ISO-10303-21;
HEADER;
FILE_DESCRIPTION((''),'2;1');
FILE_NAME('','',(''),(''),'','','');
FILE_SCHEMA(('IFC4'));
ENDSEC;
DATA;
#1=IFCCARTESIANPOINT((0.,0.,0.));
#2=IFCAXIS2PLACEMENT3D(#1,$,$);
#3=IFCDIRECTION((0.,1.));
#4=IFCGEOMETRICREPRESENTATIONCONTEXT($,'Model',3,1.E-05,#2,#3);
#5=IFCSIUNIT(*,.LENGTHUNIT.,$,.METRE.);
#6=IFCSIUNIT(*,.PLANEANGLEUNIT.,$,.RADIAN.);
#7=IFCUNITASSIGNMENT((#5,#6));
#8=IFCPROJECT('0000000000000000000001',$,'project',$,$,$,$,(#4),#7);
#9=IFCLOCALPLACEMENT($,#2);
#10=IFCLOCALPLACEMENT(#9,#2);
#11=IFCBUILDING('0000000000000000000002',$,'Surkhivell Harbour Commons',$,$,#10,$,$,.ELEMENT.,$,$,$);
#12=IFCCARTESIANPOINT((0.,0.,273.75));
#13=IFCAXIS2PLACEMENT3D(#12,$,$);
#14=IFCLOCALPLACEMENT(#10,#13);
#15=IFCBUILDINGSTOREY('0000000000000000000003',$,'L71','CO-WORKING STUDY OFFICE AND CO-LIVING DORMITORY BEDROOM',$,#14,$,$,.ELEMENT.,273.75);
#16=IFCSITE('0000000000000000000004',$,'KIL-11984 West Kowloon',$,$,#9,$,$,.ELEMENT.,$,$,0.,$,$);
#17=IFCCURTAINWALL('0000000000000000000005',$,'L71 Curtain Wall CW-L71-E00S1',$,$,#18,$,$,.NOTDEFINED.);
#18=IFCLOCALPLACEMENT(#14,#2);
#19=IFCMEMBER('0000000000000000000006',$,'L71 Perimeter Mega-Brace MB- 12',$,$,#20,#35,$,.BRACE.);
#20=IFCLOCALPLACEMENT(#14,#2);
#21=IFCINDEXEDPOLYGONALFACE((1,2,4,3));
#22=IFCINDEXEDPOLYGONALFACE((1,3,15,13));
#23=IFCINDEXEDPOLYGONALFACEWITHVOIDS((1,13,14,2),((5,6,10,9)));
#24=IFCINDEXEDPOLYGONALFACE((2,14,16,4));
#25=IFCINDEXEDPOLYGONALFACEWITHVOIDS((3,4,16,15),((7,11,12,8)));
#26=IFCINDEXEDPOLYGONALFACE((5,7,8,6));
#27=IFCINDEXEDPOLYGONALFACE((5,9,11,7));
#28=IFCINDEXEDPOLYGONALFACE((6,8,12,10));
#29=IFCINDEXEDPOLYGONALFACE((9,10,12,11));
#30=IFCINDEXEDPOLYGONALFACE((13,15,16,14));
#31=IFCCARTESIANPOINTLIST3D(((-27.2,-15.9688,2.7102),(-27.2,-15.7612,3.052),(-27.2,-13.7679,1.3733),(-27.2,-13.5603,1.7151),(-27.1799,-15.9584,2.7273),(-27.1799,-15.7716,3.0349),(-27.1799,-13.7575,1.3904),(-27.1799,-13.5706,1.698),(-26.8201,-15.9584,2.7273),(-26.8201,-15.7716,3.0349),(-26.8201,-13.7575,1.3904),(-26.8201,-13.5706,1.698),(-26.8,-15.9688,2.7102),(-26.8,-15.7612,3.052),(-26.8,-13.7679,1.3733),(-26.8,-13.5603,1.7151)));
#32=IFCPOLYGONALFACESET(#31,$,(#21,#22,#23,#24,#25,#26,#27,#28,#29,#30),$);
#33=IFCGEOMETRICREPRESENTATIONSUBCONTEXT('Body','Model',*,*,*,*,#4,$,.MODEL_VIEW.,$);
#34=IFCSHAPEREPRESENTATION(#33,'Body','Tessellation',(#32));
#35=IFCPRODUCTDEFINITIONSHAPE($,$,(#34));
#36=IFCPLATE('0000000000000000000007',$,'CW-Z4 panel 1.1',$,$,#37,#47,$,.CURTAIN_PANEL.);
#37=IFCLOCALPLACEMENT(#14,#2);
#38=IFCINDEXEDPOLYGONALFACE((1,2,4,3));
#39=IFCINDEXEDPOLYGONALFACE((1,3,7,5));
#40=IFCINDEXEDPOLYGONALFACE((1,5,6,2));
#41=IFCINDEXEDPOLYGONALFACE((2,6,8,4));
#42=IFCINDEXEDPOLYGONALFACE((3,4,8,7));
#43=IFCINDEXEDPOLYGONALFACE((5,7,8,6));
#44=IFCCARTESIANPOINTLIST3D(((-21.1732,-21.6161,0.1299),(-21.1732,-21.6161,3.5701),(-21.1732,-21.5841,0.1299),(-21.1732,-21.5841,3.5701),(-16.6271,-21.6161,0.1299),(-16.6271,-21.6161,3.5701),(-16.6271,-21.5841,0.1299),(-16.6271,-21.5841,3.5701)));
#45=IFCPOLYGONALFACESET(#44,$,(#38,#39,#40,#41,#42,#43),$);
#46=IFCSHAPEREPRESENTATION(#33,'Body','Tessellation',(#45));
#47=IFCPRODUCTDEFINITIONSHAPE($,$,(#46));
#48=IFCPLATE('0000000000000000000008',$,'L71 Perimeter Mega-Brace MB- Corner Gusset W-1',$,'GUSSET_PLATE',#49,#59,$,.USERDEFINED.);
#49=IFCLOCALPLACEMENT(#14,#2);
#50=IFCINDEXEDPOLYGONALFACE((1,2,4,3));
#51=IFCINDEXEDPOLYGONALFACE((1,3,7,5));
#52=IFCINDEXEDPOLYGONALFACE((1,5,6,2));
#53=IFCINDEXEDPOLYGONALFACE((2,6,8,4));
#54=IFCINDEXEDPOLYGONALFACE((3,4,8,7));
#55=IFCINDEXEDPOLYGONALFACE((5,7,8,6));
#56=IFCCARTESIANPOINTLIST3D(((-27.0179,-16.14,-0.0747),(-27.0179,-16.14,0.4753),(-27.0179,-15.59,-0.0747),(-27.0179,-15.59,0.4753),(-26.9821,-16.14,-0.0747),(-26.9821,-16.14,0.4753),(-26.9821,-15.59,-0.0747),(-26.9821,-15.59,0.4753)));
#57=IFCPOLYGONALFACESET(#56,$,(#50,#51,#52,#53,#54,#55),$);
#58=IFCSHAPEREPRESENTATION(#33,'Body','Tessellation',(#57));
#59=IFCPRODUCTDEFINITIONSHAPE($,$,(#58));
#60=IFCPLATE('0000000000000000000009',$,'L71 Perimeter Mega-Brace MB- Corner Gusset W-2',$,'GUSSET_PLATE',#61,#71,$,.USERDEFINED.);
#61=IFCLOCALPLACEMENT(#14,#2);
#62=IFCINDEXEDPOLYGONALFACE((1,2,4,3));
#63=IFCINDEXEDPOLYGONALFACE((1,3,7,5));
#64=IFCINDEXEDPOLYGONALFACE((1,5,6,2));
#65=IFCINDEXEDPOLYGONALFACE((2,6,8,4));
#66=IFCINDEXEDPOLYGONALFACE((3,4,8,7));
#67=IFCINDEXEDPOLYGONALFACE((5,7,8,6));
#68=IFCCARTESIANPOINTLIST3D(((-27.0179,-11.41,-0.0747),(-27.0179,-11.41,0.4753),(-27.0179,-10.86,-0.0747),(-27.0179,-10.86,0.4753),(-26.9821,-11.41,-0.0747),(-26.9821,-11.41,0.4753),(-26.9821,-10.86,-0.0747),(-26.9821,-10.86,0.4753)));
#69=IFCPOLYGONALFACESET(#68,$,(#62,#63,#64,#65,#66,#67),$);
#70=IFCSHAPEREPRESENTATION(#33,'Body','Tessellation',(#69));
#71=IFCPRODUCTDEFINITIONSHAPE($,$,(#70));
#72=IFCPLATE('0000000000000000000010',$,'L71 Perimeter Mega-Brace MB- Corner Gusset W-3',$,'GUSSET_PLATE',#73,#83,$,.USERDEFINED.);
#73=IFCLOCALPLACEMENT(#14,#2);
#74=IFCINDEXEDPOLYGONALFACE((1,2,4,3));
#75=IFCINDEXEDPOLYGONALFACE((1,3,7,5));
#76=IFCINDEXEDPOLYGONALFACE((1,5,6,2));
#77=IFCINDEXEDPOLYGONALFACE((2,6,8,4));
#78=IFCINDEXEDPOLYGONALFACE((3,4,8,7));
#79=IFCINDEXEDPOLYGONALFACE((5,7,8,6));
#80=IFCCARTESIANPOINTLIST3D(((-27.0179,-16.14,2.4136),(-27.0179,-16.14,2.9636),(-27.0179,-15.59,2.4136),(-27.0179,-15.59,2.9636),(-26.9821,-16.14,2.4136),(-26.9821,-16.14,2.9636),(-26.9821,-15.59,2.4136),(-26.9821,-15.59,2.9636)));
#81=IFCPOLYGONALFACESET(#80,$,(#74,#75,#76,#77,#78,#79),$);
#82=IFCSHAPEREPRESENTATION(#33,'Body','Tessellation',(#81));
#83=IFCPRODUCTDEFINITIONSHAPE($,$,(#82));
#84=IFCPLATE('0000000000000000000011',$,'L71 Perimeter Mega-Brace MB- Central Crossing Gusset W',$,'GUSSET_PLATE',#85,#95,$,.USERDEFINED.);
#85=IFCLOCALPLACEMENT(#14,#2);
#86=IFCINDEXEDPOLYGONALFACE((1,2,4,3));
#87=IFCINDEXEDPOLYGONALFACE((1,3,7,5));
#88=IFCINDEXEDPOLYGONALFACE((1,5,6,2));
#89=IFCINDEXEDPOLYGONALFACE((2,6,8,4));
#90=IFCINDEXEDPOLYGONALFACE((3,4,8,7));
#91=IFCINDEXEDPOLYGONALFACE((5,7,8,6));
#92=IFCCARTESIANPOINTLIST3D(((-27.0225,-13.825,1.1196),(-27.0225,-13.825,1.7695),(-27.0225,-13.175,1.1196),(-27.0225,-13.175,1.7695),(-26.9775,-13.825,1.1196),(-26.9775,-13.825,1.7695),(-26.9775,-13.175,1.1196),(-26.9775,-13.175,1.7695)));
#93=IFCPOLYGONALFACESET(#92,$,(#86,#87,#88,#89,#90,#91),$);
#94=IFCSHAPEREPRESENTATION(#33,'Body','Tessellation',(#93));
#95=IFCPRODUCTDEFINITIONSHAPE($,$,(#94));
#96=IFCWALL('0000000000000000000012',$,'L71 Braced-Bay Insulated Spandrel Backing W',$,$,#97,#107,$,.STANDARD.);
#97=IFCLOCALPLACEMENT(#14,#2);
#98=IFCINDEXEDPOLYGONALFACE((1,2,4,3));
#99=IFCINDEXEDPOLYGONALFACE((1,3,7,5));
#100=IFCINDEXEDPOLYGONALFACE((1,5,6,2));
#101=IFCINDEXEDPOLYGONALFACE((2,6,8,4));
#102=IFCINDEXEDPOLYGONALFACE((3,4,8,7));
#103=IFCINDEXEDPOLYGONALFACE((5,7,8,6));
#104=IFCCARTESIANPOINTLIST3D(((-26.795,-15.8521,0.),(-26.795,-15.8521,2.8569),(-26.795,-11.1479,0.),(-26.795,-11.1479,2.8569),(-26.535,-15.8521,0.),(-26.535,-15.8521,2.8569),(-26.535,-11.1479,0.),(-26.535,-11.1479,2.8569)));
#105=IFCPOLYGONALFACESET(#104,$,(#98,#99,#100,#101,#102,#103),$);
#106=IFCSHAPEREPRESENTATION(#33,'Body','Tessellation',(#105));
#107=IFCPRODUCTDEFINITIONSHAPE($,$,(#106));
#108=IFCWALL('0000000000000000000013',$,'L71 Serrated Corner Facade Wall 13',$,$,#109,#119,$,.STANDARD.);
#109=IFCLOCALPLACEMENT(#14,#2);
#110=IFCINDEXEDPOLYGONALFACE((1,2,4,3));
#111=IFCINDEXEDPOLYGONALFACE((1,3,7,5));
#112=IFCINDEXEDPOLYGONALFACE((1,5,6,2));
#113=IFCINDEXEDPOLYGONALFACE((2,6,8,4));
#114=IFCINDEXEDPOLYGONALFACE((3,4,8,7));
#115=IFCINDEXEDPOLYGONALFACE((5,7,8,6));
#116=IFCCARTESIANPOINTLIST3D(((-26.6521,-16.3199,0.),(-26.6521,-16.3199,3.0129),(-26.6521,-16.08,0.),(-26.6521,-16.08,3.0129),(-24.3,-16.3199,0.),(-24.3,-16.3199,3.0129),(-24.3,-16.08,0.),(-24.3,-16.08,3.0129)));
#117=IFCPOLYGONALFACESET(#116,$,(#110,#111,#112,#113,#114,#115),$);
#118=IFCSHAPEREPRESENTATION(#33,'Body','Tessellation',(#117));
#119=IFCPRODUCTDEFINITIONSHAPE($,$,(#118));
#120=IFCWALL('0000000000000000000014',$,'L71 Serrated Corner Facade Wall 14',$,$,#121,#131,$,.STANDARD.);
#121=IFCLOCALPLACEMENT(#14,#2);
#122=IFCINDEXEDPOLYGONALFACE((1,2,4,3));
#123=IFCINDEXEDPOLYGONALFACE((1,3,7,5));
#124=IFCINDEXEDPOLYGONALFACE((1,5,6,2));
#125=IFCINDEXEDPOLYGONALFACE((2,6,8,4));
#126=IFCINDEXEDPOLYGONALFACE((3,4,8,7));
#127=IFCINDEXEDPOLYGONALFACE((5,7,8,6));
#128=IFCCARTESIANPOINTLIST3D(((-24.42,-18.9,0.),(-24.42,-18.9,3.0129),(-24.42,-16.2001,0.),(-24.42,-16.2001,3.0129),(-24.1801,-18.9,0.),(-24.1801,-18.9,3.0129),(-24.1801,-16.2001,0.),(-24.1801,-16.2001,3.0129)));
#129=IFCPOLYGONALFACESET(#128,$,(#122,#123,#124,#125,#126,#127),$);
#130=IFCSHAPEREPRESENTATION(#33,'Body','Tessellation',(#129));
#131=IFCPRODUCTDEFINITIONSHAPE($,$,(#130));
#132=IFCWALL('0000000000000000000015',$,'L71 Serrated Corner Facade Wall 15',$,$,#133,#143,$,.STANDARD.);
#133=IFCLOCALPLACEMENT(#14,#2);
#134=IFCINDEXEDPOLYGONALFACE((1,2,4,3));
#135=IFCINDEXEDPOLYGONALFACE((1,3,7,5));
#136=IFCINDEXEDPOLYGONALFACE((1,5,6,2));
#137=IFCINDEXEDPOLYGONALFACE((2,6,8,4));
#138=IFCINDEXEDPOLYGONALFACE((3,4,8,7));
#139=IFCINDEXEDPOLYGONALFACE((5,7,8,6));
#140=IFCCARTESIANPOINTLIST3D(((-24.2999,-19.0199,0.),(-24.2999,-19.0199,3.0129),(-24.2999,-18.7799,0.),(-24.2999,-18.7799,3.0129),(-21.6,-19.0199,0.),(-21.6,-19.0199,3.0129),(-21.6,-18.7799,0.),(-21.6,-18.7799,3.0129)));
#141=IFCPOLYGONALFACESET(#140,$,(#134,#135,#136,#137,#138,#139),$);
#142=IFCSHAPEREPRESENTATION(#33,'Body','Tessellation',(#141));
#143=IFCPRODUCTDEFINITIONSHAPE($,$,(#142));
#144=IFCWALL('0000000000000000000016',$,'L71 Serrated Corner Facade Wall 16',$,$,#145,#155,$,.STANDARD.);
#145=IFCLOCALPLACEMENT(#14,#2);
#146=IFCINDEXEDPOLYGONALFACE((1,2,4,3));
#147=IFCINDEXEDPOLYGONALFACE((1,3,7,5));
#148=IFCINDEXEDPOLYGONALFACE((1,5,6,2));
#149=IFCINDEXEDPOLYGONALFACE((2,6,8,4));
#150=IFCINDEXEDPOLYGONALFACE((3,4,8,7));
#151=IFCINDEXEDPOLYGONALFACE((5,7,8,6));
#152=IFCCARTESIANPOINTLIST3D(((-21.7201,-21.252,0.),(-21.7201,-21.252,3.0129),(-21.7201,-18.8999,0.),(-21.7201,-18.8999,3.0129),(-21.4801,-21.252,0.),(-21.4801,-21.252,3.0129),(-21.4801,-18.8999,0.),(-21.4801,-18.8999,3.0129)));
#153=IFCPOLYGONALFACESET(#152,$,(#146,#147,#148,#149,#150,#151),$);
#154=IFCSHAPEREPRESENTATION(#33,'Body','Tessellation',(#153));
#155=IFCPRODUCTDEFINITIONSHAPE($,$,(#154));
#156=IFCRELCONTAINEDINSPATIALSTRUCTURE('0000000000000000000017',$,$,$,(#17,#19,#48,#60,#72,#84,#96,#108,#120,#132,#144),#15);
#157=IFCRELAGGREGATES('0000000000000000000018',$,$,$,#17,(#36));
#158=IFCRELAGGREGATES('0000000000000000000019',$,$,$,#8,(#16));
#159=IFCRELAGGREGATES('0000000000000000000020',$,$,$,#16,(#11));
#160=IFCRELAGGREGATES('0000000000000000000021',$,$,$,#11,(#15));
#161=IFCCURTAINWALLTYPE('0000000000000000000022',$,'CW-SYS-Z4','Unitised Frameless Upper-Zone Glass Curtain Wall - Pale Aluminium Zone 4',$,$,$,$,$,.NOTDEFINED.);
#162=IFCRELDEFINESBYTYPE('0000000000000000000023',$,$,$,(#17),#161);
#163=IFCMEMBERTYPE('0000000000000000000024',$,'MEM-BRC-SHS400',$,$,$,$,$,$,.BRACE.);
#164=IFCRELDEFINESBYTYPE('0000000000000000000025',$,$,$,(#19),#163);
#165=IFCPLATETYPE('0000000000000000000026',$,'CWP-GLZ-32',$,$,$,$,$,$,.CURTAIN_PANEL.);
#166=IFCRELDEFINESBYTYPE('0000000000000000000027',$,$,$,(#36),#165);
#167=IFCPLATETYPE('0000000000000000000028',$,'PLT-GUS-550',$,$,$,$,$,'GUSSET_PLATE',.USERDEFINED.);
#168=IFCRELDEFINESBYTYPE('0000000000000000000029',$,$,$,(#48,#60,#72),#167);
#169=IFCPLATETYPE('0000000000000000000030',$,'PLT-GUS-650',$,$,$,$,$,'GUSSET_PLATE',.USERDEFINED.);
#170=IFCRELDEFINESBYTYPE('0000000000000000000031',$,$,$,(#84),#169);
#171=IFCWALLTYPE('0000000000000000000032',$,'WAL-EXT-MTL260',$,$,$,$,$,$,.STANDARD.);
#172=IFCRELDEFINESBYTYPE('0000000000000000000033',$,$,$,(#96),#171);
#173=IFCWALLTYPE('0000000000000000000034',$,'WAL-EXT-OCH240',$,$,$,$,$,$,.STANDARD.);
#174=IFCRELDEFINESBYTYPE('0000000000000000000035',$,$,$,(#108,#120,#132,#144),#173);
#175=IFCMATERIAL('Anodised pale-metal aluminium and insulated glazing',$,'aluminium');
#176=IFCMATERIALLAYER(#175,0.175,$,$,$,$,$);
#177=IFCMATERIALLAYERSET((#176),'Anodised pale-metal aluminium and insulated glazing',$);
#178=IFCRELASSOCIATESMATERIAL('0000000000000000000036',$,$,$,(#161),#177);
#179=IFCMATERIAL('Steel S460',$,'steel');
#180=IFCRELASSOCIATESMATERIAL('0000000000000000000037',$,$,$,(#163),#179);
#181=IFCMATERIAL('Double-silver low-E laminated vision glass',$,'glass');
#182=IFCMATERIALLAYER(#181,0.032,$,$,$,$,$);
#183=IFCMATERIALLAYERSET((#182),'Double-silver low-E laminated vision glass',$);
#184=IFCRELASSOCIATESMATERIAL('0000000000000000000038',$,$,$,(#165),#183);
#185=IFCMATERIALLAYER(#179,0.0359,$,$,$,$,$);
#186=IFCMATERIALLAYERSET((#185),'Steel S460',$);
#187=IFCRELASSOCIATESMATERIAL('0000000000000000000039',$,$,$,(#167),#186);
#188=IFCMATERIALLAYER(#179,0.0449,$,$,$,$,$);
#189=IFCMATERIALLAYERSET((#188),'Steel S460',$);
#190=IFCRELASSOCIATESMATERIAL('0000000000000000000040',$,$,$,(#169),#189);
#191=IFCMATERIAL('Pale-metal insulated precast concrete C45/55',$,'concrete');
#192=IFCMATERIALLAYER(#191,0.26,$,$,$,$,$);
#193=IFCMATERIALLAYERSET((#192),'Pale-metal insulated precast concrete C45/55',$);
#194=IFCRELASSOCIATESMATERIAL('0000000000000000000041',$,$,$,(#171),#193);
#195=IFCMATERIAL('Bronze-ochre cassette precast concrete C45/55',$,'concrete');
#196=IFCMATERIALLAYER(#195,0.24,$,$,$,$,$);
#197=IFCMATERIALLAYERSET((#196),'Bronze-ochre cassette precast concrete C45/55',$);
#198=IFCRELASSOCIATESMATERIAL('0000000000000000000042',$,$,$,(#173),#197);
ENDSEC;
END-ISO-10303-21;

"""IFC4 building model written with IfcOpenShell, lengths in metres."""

from ifc_helpers import new_model, si_unit, direction, frame, frame_2d, origin, origin_2d, place, context, subcontext, project, spatial, rectangle, hollow_rectangle, extrude, material, layer, layer_set, material_profile, profile_set, type_object, element, aggregate, save


model = new_model("IFC4")

# Units and contexts
model_context = context("Model", 3, precision=1e-05, world=origin(), true_north=direction((0.0, 1.0)))
body_context = subcontext(model_context, "Body", "Model", "MODEL_VIEW")
ifc_project = project(units=[si_unit("LENGTHUNIT", "METRE"), si_unit("PLANEANGLEUNIT", "RADIAN")], contexts=[model_context])

# Site, building, storey
site_placement = place(None, origin())
site = spatial("IfcSite", under=ifc_project, at=site_placement, Name="KIL-11984 West Kowloon", CompositionType="ELEMENT", RefElevation=0.0)
building_placement = place(site_placement, origin())
building = spatial("IfcBuilding", under=site, at=building_placement, Name="Surkhivell Harbour Commons", CompositionType="ELEMENT")
storey_placement = place(building_placement, frame((0.0, 0.0, 273.75)))
storey = spatial("IfcBuildingStorey", under=building, at=storey_placement, Name="L71", Description="CO-WORKING STUDY OFFICE AND CO-LIVING DORMITORY BEDROOM", CompositionType="ELEMENT", Elevation=273.75)

# Curtain wall
ifc_material_1 = material(Name="Anodised pale-metal aluminium and insulated glazing", Category="aluminium")
ifc_layer_1 = layer(ifc_material_1, 0.175)
ifc_layer_set_1 = layer_set([ifc_layer_1], Name="Anodised pale-metal aluminium and insulated glazing")
curtain_wall_type = type_object("IfcCurtainWallType", Name="CW-SYS-Z4", Description="Unitised Frameless Upper-Zone Glass Curtain Wall - Pale Aluminium Zone 4", PredefinedType="NOTDEFINED", material=ifc_layer_set_1)
curtain_wall_placement = place(storey_placement, origin())
curtain_wall = element("IfcCurtainWall", 1, at=curtain_wall_placement, inside=storey, type_object=curtain_wall_type, Name="L71 Curtain Wall CW-L71-E00S1", PredefinedType="NOTDEFINED")

# Member
ifc_material_2 = material(Name="Steel S460", Category="steel")
ifc_material_profile_1 = material_profile(ifc_material_2, hollow_rectangle(XDim=0.3999, YDim=0.3999, WallThickness=0.02, at=origin_2d()), Name="SHS400x400x20")
ifc_profile_set_1 = profile_set([ifc_material_profile_1], Name="Steel S460")
member_type_1 = type_object("IfcMemberType", Name="MEM-BRC-SHS400", PredefinedType="BRACE", material=ifc_profile_set_1)
member_1_placement = place(storey_placement, frame((-27.0, -13.6641, 1.5442), z_axis=(0.0, -0.854678, 0.519159), x_axis=(1.0, 0.0, 0.0)))
element("IfcMember", 2, at=member_1_placement, inside=storey, type_object=member_type_1, Name="L71 Perimeter Mega-Brace MB- 12", PredefinedType="BRACE", context=body_context, shape_type="SweptSolid", body=[
    extrude(hollow_rectangle(XDim=0.3999, YDim=0.3999, WallThickness=0.02, at=origin_2d()), origin(), (0.0, 0.0, 1.0), 2.5752),
])

# Plate
ifc_material_3 = material(Name="Double-silver low-E laminated vision glass", Category="glass")
ifc_layer_2 = layer(ifc_material_3, 0.032)
ifc_layer_set_2 = layer_set([ifc_layer_2], Name="Double-silver low-E laminated vision glass")
plate_type_1 = type_object("IfcPlateType", Name="CWP-GLZ-32", PredefinedType="CURTAIN_PANEL", material=ifc_layer_set_2)
plate_1_placement = place(storey_placement, frame((-21.1731, -21.6001, 0.1299), z_axis=(0.0, 0.0, 1.0), x_axis=(1.0, 0.0, 0.0)))
plate_1 = element("IfcPlate", 3, at=plate_1_placement, type_object=plate_type_1, Name="CW-Z4 panel 1.1", PredefinedType="CURTAIN_PANEL", context=body_context, shape_type="SweptSolid", body=[
    extrude(rectangle(XDim=4.5461, YDim=0.032, at=frame_2d((2.2729, 0.0))), origin(), (0.0, 0.0, 1.0), 3.4402),
])
aggregate(curtain_wall, [plate_1])

# Plates
ifc_layer_3 = layer(ifc_material_2, 0.0359)
ifc_layer_set_3 = layer_set([ifc_layer_3], Name="Steel S460")
plate_type_2 = type_object("IfcPlateType", Name="PLT-GUS-550", ElementType="GUSSET_PLATE", PredefinedType="USERDEFINED", material=ifc_layer_set_3)
for number, where, z_axis, x_axis, name in (
    (4, (-27.0, -15.865, -0.0747), (0.0, 0.0, 1.0), (0.0, 1.0, 0.0), "L71 Perimeter Mega-Brace MB- Corner Gusset W-1"),
    (5, (-27.0, -11.135, -0.0747), (0.0, 0.0, 1.0), (0.0, 1.0, 0.0), "L71 Perimeter Mega-Brace MB- Corner Gusset W-2"),
    (6, (-27.0, -15.865, 2.4136), (0.0, 0.0, 1.0), (0.0, 1.0, 0.0), "L71 Perimeter Mega-Brace MB- Corner Gusset W-3"),
):
    element("IfcPlate", number, at=place(storey_placement, frame(where, z_axis=z_axis, x_axis=x_axis)), inside=storey, type_object=plate_type_2, Name=name, ObjectType="GUSSET_PLATE", PredefinedType="USERDEFINED", context=body_context, shape_type="SweptSolid", body=[
        extrude(rectangle(XDim=0.55, YDim=0.0359, at=origin_2d()), origin(), (0.0, 0.0, 1.0), 0.55),
    ])
ifc_layer_4 = layer(ifc_material_2, 0.0449)
ifc_layer_set_4 = layer_set([ifc_layer_4], Name="Steel S460")
plate_type_3 = type_object("IfcPlateType", Name="PLT-GUS-650", ElementType="GUSSET_PLATE", PredefinedType="USERDEFINED", material=ifc_layer_set_4)
plate_2_placement = place(storey_placement, frame((-27.0, -13.5, 1.1196), z_axis=(0.0, 0.0, 1.0), x_axis=(0.0, 1.0, 0.0)))
element("IfcPlate", 7, at=plate_2_placement, inside=storey, type_object=plate_type_3, Name="L71 Perimeter Mega-Brace MB- Central Crossing Gusset W", ObjectType="GUSSET_PLATE", PredefinedType="USERDEFINED", context=body_context, shape_type="SweptSolid", body=[
    extrude(rectangle(XDim=0.6499, YDim=0.0449, at=origin_2d()), origin(), (0.0, 0.0, 1.0), 0.6499),
])

# Walls
ifc_material_4 = material(Name="Pale-metal insulated precast concrete C45/55", Category="concrete")
ifc_layer_5 = layer(ifc_material_4, 0.26)
ifc_layer_set_5 = layer_set([ifc_layer_5], Name="Pale-metal insulated precast concrete C45/55")
wall_type_1 = type_object("IfcWallType", Name="WAL-EXT-MTL260", PredefinedType="STANDARD", material=ifc_layer_set_5)
wall_1_placement = place(storey_placement, frame((-26.665, -15.8521, 0.0), z_axis=(0.0, 0.0, 1.0), x_axis=(0.0, 1.0, 0.0)))
element("IfcWall", 8, at=wall_1_placement, inside=storey, type_object=wall_type_1, Name="L71 Braced-Bay Insulated Spandrel Backing W", PredefinedType="STANDARD", context=body_context, shape_type="SweptSolid", body=[
    extrude(rectangle(XDim=4.7041, YDim=0.26, at=frame_2d((2.3521, 0.0))), origin(), (0.0, 0.0, 1.0), 2.8569),
])
ifc_material_5 = material(Name="Bronze-ochre cassette precast concrete C45/55", Category="concrete")
ifc_layer_6 = layer(ifc_material_5, 0.24)
ifc_layer_set_6 = layer_set([ifc_layer_6], Name="Bronze-ochre cassette precast concrete C45/55")
wall_type_2 = type_object("IfcWallType", Name="WAL-EXT-OCH240", PredefinedType="STANDARD", material=ifc_layer_set_6)
wall_2_placement = place(storey_placement, frame((-26.6521, -16.2, 0.0), z_axis=(0.0, 0.0, 1.0), x_axis=(1.0, 0.0, 0.0)))
element("IfcWall", 9, at=wall_2_placement, inside=storey, type_object=wall_type_2, Name="L71 Serrated Corner Facade Wall 13", PredefinedType="STANDARD", context=body_context, shape_type="SweptSolid", body=[
    extrude(rectangle(XDim=2.3521, YDim=0.24, at=frame_2d((1.176, 0.0))), origin(), (0.0, 0.0, 1.0), 3.0129),
])
for number, where, z_axis, x_axis, name in (
    (10, (-24.3, -16.2, 0.0), (0.0, 0.0, 1.0), (0.0, -1.0, 0.0), "L71 Serrated Corner Facade Wall 14"),
    (11, (-24.3, -18.8999, 0.0), (0.0, 0.0, 1.0), (1.0, 0.0, 0.0), "L71 Serrated Corner Facade Wall 15"),
):
    element("IfcWall", number, at=place(storey_placement, frame(where, z_axis=z_axis, x_axis=x_axis)), inside=storey, type_object=wall_type_2, Name=name, PredefinedType="STANDARD", context=body_context, shape_type="SweptSolid", body=[
        extrude(rectangle(XDim=2.7, YDim=0.24, at=frame_2d((1.3501, 0.0))), origin(), (0.0, 0.0, 1.0), 3.0129),
    ])
wall_3_placement = place(storey_placement, frame((-21.6001, -18.8999, 0.0), z_axis=(0.0, 0.0, 1.0), x_axis=(0.0, -1.0, 0.0)))
element("IfcWall", 12, at=wall_3_placement, inside=storey, type_object=wall_type_2, Name="L71 Serrated Corner Facade Wall 16", PredefinedType="STANDARD", context=body_context, shape_type="SweptSolid", body=[
    extrude(rectangle(XDim=2.3521, YDim=0.24, at=frame_2d((1.176, 0.0))), origin(), (0.0, 0.0, 1.0), 3.0129),
])

save(model, "model.ifc")
